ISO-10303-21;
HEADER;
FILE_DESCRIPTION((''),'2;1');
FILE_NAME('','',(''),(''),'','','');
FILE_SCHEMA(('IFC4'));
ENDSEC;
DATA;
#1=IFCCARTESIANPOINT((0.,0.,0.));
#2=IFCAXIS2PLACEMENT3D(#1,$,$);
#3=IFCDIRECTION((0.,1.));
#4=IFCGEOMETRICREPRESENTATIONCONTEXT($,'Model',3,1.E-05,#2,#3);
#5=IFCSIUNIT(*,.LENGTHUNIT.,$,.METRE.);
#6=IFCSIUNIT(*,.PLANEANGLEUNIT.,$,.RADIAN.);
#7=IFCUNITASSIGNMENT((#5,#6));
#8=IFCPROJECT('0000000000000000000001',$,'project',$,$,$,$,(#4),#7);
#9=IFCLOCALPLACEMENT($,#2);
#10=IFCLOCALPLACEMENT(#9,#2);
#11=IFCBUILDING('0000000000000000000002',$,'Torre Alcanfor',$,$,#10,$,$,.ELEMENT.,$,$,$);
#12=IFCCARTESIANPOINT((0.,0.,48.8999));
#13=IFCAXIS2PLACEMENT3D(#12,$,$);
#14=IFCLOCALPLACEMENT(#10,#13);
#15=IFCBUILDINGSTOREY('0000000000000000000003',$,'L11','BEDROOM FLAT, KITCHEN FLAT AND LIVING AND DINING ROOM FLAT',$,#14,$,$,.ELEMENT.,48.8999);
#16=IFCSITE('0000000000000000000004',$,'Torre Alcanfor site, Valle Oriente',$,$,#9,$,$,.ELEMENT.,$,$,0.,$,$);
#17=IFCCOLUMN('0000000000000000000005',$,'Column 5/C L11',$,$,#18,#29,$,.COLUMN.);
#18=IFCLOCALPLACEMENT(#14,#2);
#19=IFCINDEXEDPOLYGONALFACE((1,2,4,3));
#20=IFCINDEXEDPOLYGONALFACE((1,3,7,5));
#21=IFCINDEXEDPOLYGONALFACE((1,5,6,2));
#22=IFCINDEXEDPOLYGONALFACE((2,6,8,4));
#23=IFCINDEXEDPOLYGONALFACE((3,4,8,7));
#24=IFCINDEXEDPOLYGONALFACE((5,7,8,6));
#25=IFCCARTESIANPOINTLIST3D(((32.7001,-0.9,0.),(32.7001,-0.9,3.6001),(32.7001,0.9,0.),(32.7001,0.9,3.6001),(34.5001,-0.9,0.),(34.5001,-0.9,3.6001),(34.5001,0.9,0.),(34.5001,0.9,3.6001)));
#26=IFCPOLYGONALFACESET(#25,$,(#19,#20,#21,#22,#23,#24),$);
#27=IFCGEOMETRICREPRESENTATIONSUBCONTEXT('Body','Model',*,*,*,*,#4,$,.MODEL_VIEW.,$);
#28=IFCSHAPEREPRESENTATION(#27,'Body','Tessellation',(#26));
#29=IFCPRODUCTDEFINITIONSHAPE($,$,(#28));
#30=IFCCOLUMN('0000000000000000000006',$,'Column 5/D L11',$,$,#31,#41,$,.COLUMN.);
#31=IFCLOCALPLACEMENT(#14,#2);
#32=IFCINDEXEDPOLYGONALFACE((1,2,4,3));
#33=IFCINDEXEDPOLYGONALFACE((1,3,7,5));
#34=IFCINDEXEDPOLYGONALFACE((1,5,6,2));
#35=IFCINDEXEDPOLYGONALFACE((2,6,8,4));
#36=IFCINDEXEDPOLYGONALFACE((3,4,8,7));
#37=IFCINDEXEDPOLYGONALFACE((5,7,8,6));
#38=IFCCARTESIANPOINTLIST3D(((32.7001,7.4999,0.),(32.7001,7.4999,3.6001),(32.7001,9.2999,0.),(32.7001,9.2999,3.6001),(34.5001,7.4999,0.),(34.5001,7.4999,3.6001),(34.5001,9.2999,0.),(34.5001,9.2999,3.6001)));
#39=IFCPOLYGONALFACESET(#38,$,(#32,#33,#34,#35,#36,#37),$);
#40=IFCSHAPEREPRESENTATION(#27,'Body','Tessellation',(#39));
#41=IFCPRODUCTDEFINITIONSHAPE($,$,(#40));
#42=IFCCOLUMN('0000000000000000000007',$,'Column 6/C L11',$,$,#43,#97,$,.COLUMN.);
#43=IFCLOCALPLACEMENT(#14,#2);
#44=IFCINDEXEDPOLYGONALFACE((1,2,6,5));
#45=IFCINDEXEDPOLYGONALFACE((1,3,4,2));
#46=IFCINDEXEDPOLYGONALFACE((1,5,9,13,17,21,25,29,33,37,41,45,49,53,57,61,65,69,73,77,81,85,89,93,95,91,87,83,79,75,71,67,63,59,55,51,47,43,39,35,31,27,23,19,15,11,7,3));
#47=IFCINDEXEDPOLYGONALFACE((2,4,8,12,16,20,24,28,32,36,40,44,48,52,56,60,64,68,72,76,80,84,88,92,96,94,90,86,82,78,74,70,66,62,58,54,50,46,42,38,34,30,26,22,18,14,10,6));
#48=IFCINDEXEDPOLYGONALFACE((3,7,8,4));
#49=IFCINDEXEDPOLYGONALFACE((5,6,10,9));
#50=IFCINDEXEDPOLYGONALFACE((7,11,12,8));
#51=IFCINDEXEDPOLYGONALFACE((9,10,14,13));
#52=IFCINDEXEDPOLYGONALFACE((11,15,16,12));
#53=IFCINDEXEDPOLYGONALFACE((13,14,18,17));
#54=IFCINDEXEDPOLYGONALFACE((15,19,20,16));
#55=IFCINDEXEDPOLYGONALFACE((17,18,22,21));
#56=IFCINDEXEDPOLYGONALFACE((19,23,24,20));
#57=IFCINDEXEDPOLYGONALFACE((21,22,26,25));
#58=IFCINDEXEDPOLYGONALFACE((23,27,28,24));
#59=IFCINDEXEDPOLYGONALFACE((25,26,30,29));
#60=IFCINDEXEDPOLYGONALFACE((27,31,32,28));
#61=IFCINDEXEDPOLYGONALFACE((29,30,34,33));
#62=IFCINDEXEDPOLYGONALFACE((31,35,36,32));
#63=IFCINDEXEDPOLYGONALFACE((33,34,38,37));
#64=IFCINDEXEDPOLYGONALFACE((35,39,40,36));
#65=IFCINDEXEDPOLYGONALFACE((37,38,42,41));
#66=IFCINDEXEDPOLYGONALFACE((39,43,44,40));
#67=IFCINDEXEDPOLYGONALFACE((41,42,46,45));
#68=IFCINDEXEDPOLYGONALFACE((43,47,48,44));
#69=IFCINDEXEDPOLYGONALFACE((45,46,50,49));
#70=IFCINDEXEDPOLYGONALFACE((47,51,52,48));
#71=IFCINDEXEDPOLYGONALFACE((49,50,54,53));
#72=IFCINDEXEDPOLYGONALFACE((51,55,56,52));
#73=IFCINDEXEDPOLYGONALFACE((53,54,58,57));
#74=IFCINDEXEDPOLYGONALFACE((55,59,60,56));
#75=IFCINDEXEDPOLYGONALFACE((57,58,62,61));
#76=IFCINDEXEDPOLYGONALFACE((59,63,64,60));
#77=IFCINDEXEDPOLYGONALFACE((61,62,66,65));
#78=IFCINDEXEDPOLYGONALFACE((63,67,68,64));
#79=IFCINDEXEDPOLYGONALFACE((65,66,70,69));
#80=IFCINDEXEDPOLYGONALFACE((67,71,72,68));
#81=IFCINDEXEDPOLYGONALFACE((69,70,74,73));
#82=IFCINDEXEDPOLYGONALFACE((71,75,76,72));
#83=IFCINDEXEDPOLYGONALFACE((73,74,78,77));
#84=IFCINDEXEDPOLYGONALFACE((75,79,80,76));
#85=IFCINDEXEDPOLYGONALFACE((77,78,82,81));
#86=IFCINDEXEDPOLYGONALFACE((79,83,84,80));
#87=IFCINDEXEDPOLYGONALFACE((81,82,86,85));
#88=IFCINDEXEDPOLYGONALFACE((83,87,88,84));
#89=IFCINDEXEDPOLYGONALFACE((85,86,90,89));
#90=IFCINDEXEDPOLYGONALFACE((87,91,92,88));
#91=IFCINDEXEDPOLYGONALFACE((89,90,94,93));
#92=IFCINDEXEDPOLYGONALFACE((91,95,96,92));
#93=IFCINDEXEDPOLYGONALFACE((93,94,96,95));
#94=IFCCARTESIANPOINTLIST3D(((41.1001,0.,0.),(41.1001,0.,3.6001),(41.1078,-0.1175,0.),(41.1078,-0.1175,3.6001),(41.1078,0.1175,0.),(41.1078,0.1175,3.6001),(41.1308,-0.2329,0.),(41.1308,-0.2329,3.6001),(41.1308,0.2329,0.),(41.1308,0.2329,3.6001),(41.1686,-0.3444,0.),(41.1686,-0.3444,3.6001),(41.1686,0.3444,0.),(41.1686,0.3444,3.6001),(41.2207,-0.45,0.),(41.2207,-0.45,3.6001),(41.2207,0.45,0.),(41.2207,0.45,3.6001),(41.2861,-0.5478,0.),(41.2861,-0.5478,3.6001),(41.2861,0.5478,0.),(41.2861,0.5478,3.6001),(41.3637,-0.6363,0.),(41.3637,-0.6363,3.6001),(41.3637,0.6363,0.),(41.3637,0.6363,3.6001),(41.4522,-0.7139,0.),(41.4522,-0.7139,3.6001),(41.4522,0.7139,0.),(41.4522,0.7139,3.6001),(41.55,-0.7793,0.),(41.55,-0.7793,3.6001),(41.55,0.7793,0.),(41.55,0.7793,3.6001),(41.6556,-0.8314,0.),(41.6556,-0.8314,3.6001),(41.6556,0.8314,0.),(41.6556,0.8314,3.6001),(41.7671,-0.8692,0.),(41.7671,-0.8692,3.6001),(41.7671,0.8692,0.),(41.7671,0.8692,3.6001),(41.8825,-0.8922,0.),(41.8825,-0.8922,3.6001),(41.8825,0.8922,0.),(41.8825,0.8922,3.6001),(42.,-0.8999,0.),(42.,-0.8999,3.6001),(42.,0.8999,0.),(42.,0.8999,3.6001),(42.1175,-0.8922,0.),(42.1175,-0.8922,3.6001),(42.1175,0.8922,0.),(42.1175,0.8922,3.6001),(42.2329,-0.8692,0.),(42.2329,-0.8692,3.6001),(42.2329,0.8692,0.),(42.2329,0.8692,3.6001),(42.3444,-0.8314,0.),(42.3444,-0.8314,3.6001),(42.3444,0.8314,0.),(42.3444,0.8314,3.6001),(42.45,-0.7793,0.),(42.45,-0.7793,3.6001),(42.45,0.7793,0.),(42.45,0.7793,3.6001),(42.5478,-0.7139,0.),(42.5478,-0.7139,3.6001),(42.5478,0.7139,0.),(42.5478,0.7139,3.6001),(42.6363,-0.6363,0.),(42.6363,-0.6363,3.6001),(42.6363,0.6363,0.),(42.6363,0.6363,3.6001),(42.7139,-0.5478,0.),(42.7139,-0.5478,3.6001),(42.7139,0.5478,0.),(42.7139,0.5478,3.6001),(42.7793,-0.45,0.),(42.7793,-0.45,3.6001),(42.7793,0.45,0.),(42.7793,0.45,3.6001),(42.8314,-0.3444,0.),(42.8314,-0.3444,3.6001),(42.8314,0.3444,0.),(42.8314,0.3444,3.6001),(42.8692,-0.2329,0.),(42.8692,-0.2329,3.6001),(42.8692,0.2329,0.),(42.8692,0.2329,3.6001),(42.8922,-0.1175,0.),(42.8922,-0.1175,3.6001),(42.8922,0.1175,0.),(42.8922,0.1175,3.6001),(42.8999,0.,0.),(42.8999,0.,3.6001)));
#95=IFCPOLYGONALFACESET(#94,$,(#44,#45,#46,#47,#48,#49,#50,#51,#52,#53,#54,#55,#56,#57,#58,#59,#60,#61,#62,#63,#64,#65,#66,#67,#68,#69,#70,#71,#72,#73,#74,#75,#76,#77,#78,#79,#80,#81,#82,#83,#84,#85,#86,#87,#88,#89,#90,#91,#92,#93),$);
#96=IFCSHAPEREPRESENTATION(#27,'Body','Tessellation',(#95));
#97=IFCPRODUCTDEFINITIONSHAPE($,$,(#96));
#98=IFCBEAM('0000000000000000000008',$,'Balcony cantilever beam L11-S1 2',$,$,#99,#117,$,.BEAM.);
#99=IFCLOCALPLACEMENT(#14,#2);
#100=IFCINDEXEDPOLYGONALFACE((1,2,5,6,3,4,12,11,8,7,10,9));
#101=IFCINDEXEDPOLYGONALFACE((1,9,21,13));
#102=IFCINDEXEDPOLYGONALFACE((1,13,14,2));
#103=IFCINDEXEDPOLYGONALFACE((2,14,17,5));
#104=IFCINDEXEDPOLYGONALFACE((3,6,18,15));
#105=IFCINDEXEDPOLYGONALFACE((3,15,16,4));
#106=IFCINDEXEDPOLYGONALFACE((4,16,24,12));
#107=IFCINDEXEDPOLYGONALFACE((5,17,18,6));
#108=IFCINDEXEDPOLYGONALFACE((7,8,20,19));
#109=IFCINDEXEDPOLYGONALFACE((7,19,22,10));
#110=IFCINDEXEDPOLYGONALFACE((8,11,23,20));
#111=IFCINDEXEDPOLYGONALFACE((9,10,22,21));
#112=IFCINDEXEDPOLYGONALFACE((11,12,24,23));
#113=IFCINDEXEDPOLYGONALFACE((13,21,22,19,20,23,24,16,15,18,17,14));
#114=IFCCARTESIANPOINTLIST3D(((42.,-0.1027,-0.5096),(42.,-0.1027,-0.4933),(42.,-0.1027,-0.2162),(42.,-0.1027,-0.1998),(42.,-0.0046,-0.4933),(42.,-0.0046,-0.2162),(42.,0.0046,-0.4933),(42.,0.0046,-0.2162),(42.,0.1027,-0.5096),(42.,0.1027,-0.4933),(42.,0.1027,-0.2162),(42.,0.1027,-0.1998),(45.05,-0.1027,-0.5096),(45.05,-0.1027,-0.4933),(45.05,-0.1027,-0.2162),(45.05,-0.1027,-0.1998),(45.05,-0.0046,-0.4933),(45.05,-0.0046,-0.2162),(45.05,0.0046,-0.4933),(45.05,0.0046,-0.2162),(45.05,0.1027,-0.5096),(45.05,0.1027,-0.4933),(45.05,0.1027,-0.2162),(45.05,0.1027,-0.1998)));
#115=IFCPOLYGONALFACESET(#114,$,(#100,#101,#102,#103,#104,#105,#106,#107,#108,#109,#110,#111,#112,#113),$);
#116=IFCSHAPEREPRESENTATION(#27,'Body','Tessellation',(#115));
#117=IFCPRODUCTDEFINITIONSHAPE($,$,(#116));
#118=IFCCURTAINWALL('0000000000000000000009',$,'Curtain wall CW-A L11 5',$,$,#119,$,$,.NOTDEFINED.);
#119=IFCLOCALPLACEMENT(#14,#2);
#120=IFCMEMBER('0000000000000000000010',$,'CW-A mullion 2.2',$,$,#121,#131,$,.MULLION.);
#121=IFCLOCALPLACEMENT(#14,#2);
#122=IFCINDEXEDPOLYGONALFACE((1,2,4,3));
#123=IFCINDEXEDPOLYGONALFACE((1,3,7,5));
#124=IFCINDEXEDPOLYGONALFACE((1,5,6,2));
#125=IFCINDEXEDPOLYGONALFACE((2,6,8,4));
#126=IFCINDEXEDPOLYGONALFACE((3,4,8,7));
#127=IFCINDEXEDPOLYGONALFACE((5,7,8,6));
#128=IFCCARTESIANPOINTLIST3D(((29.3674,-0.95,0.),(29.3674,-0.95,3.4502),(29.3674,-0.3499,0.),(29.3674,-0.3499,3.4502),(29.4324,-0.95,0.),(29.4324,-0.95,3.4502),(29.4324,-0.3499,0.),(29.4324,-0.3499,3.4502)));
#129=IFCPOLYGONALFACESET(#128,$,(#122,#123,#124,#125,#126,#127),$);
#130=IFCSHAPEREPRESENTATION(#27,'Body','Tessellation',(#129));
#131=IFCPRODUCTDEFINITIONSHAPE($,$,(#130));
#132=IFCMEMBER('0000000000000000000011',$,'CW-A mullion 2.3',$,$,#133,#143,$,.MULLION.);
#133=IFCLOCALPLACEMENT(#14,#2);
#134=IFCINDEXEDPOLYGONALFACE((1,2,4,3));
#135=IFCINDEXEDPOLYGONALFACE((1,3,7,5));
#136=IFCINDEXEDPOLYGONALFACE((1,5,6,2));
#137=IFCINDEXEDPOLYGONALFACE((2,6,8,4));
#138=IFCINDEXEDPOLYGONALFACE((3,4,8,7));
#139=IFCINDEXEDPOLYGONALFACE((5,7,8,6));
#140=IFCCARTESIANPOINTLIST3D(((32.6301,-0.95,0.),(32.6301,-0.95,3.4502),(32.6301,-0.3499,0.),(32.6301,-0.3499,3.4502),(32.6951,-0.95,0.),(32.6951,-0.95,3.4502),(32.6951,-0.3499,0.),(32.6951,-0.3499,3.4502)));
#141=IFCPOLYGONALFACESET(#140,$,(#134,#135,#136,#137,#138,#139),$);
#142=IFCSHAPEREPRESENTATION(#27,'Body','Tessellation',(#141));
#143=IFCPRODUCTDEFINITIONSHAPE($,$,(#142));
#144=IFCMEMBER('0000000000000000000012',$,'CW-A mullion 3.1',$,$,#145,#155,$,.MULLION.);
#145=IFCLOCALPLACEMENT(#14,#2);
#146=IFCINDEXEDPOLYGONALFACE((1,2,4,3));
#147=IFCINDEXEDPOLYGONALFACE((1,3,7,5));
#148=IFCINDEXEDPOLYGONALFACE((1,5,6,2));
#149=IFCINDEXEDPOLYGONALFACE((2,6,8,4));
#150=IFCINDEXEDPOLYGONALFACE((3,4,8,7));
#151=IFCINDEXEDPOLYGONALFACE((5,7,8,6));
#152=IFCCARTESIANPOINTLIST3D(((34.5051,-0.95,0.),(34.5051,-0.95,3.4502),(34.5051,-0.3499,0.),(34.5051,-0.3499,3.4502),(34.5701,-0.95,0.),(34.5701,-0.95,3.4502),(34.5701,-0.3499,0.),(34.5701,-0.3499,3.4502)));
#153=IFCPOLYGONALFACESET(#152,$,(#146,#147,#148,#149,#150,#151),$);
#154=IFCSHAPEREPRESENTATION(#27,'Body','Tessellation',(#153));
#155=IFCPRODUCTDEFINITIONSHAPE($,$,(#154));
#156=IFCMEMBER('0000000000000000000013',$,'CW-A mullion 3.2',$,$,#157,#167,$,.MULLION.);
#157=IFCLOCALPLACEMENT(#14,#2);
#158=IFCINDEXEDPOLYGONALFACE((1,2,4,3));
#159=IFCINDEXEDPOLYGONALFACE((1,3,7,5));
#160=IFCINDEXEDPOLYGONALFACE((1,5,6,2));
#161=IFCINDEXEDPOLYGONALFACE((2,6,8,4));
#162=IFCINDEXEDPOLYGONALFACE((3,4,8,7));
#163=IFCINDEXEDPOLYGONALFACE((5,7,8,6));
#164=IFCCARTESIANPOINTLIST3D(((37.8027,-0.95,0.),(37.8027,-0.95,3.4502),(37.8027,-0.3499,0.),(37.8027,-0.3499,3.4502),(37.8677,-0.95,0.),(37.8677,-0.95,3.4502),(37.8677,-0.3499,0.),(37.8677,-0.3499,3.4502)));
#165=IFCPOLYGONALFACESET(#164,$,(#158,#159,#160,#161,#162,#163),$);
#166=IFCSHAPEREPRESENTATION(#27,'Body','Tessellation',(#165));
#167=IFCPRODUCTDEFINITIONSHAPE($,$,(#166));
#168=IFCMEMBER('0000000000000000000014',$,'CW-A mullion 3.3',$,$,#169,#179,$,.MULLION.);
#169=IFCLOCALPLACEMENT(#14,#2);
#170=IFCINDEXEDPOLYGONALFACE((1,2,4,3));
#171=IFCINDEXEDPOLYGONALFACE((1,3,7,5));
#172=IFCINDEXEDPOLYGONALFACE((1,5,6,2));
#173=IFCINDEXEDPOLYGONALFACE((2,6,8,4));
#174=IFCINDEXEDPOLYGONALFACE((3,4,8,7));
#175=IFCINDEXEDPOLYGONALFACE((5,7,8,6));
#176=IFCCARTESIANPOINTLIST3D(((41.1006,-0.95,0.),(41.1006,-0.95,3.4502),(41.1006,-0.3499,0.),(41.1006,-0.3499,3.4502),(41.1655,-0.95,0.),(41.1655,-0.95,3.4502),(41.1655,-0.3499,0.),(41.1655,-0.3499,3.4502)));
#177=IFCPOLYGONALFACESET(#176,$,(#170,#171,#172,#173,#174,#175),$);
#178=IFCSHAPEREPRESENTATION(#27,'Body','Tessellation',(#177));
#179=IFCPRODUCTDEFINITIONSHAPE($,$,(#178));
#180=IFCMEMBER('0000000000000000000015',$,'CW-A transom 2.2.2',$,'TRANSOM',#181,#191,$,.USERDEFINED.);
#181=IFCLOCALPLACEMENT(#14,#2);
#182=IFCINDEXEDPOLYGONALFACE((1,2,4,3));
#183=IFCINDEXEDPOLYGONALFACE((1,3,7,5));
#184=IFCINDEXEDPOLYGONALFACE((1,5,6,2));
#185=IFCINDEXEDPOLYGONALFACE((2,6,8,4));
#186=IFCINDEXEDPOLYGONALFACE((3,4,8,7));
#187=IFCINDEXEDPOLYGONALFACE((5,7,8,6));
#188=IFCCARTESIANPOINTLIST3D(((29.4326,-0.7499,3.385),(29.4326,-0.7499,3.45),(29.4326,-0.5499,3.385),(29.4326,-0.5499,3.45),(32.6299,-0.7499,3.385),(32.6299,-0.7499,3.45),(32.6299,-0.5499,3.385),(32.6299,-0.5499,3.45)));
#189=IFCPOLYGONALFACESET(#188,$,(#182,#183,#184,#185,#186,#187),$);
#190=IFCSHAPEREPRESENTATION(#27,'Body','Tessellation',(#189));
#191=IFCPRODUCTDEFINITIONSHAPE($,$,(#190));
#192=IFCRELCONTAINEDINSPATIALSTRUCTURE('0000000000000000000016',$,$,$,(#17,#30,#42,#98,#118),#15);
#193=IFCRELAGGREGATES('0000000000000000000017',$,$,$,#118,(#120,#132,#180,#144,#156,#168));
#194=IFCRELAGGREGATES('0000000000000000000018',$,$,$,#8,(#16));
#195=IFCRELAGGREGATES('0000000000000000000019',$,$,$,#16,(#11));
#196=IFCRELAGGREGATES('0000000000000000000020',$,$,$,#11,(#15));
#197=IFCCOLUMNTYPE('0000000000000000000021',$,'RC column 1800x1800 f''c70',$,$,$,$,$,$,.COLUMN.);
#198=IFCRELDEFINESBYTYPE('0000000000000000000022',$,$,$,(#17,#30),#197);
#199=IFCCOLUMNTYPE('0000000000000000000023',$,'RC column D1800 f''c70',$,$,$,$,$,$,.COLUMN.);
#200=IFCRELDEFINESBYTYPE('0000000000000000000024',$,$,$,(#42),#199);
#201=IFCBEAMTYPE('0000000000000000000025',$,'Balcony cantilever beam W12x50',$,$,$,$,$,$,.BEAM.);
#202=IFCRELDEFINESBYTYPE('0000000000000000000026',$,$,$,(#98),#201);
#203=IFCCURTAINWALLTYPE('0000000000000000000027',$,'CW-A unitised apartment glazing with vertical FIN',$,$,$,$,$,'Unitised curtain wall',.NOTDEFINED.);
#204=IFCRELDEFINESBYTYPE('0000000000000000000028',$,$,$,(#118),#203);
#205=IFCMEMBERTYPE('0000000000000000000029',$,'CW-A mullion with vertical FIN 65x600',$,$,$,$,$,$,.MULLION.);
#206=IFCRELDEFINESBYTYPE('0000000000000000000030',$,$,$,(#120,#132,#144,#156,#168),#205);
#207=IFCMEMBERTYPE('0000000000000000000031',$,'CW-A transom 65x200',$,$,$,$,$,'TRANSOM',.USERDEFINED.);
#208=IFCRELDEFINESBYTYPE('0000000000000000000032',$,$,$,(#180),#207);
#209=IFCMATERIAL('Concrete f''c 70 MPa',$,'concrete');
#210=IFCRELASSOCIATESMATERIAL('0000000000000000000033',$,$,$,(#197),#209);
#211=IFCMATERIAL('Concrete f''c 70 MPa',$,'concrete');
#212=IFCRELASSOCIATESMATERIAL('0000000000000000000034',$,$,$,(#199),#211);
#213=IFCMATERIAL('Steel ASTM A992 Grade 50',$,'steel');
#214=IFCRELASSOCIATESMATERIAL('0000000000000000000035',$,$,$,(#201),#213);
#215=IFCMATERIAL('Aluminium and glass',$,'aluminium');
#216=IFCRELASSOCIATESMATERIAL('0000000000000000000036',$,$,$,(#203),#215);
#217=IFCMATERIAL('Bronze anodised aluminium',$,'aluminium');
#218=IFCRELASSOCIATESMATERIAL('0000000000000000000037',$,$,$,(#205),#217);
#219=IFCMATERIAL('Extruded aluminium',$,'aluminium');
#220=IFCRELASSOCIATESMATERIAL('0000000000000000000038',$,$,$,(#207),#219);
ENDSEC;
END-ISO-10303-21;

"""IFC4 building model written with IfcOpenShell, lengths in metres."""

from ifc_helpers import new_model, si_unit, direction, frame, origin, origin_2d, place, context, subcontext, project, spatial, rectangle, circle, i_section, extrude, material, material_profile, profile_set, type_object, element, aggregate, save


model = new_model("IFC4")

# Units and contexts
model_context = context("Model", 3, precision=1e-05, world=origin(), true_north=direction((0.0, 1.0)))
body_context = subcontext(model_context, "Body", "Model", "MODEL_VIEW")
ifc_project = project(units=[si_unit("LENGTHUNIT", "METRE"), si_unit("PLANEANGLEUNIT", "RADIAN")], contexts=[model_context])

# Site, building, storey
site_placement = place(None, origin())
site = spatial("IfcSite", under=ifc_project, at=site_placement, Name="Torre Alcanfor site, Valle Oriente", CompositionType="ELEMENT", RefElevation=0.0)
building_placement = place(site_placement, origin())
building = spatial("IfcBuilding", under=site, at=building_placement, Name="Torre Alcanfor", CompositionType="ELEMENT")
storey_placement = place(building_placement, frame((0.0, 0.0, 48.8999)))
storey = spatial("IfcBuildingStorey", under=building, at=storey_placement, Name="L11", Description="BEDROOM FLAT, KITCHEN FLAT AND LIVING AND DINING ROOM FLAT", CompositionType="ELEMENT", Elevation=48.8999)

# Columns
ifc_material_1 = material(Name="Concrete f'c 70 MPa", Category="concrete")
ifc_material_profile_1 = material_profile(ifc_material_1, rectangle(XDim=1.8, YDim=1.8, at=origin_2d()), Name="1800x1800")
ifc_profile_set_1 = profile_set([ifc_material_profile_1], Name="Concrete f'c 70 MPa")
column_type_1 = type_object("IfcColumnType", Name="RC column 1800x1800 f'c70", PredefinedType="COLUMN", material=ifc_profile_set_1)
for number, where, z_axis, x_axis, name in (
    (1, (33.6001, 0.0, 0.0), (0.0, 0.0, 1.0), (1.0, 0.0, 0.0), "Column 5/C L11"),
    (2, (33.6001, 8.3999, 0.0), (0.0, 0.0, 1.0), (1.0, 0.0, 0.0), "Column 5/D L11"),
):
    element("IfcColumn", number, at=place(storey_placement, frame(where, z_axis=z_axis, x_axis=x_axis)), inside=storey, type_object=column_type_1, Name=name, PredefinedType="COLUMN", context=body_context, shape_type="SweptSolid", body=[
        extrude(rectangle(XDim=1.8, YDim=1.8, at=origin_2d()), origin(), (0.0, 0.0, 1.0), 3.6001),
    ])
ifc_material_2 = material(Name="Concrete f'c 70 MPa", Category="concrete")
ifc_material_profile_2 = material_profile(ifc_material_2, circle(Radius=0.8999, at=origin_2d()), Name="D1800")
ifc_profile_set_2 = profile_set([ifc_material_profile_2], Name="Concrete f'c 70 MPa")
column_type_2 = type_object("IfcColumnType", Name="RC column D1800 f'c70", PredefinedType="COLUMN", material=ifc_profile_set_2)
column_placement = place(storey_placement, frame((42.0, 0.0, 0.0), z_axis=(0.0, 0.0, 1.0), x_axis=(1.0, 0.0, 0.0)))
element("IfcColumn", 3, at=column_placement, inside=storey, type_object=column_type_2, Name="Column 6/C L11", PredefinedType="COLUMN", context=body_context, shape_type="SweptSolid", body=[
    extrude(circle(Radius=0.8999, at=origin_2d()), origin(), (0.0, 0.0, 1.0), 3.6001),
])

# Beam
ifc_material_3 = material(Name="Steel ASTM A992 Grade 50", Category="steel")
ifc_material_profile_3 = material_profile(ifc_material_3, i_section(OverallWidth=0.2053, OverallDepth=0.3098, WebThickness=0.0093, FlangeThickness=0.0164, at=origin_2d()), Name="W12x50")
ifc_profile_set_3 = profile_set([ifc_material_profile_3], Name="Steel ASTM A992 Grade 50")
beam_type_1 = type_object("IfcBeamType", Name="Balcony cantilever beam W12x50", PredefinedType="BEAM", material=ifc_profile_set_3)
beam_1_placement = place(storey_placement, frame((42.0, 0.0, -0.3547), z_axis=(1.0, 0.0, 0.0), x_axis=(0.0, 1.0, 0.0)))
element("IfcBeam", 4, at=beam_1_placement, inside=storey, type_object=beam_type_1, Name="Balcony cantilever beam L11-S1 2", PredefinedType="BEAM", context=body_context, shape_type="SweptSolid", body=[
    extrude(i_section(OverallWidth=0.2053, OverallDepth=0.3098, WebThickness=0.0093, FlangeThickness=0.0164, at=origin_2d()), origin(), (0.0, 0.0, 1.0), 3.05),
])

# Curtain wall, members
ifc_material_4 = material(Name="Aluminium and glass", Category="aluminium")
curtain_wall_type = type_object("IfcCurtainWallType", Name="CW-A unitised apartment glazing with vertical FIN", ElementType="Unitised curtain wall", PredefinedType="NOTDEFINED", material=ifc_material_4)
curtain_wall_placement = place(storey_placement, origin())
curtain_wall = element("IfcCurtainWall", 5, at=curtain_wall_placement, inside=storey, type_object=curtain_wall_type, Name="Curtain wall CW-A L11 5", PredefinedType="NOTDEFINED")
ifc_material_5 = material(Name="Bronze anodised aluminium", Category="aluminium")
ifc_material_profile_4 = material_profile(ifc_material_5, rectangle(XDim=0.6001, YDim=0.0649, at=origin_2d()), Name="CW-A mullion 65x600")
ifc_profile_set_4 = profile_set([ifc_material_profile_4], Name="Bronze anodised aluminium")
member_type_1 = type_object("IfcMemberType", Name="CW-A mullion with vertical FIN 65x600", PredefinedType="MULLION", material=ifc_profile_set_4)
member_1_placement = place(storey_placement, frame((29.3999, -0.6499, 0.0), z_axis=(0.0, 0.0, 1.0), x_axis=(0.0, 1.0, 0.0)))
member_1 = element("IfcMember", 6, at=member_1_placement, type_object=member_type_1, Name="CW-A mullion 2.2", PredefinedType="MULLION", context=body_context, shape_type="SweptSolid", body=[
    extrude(rectangle(XDim=0.6001, YDim=0.0649, at=origin_2d()), origin(), (0.0, 0.0, 1.0), 3.4502),
])
member_2_placement = place(storey_placement, frame((32.6626, -0.6499, 0.0), z_axis=(0.0, 0.0, 1.0), x_axis=(0.0, 1.0, 0.0)))
member_2 = element("IfcMember", 7, at=member_2_placement, type_object=member_type_1, Name="CW-A mullion 2.3", PredefinedType="MULLION", context=body_context, shape_type="SweptSolid", body=[
    extrude(rectangle(XDim=0.6001, YDim=0.0649, at=origin_2d()), origin(), (0.0, 0.0, 1.0), 3.4502),
])
member_3_placement = place(storey_placement, frame((34.5376, -0.6499, 0.0), z_axis=(0.0, 0.0, 1.0), x_axis=(0.0, 1.0, 0.0)))
member_3 = element("IfcMember", 8, at=member_3_placement, type_object=member_type_1, Name="CW-A mullion 3.1", PredefinedType="MULLION", context=body_context, shape_type="SweptSolid", body=[
    extrude(rectangle(XDim=0.6001, YDim=0.0649, at=origin_2d()), origin(), (0.0, 0.0, 1.0), 3.4502),
])
member_4_placement = place(storey_placement, frame((37.8352, -0.6499, 0.0), z_axis=(0.0, 0.0, 1.0), x_axis=(0.0, 1.0, 0.0)))
member_4 = element("IfcMember", 9, at=member_4_placement, type_object=member_type_1, Name="CW-A mullion 3.2", PredefinedType="MULLION", context=body_context, shape_type="SweptSolid", body=[
    extrude(rectangle(XDim=0.6001, YDim=0.0649, at=origin_2d()), origin(), (0.0, 0.0, 1.0), 3.4502),
])
member_5_placement = place(storey_placement, frame((41.1331, -0.6499, 0.0), z_axis=(0.0, 0.0, 1.0), x_axis=(0.0, 1.0, 0.0)))
member_5 = element("IfcMember", 10, at=member_5_placement, type_object=member_type_1, Name="CW-A mullion 3.3", PredefinedType="MULLION", context=body_context, shape_type="SweptSolid", body=[
    extrude(rectangle(XDim=0.6001, YDim=0.0649, at=origin_2d()), origin(), (0.0, 0.0, 1.0), 3.4502),
])
ifc_material_6 = material(Name="Extruded aluminium", Category="aluminium")
ifc_material_profile_5 = material_profile(ifc_material_6, rectangle(XDim=0.2, YDim=0.0649, at=origin_2d()), Name="CW-A transom 200x65")
ifc_profile_set_5 = profile_set([ifc_material_profile_5], Name="Extruded aluminium")
member_type_2 = type_object("IfcMemberType", Name="CW-A transom 65x200", ElementType="TRANSOM", PredefinedType="USERDEFINED", material=ifc_profile_set_5)
member_6_placement = place(storey_placement, frame((29.4326, -0.6499, 3.4175), z_axis=(1.0, 0.0, 0.0), x_axis=(0.0, 1.0, 0.0)))
member_6 = element("IfcMember", 11, at=member_6_placement, type_object=member_type_2, Name="CW-A transom 2.2.2", ObjectType="TRANSOM", PredefinedType="USERDEFINED", context=body_context, shape_type="SweptSolid", body=[
    extrude(rectangle(XDim=0.2, YDim=0.0649, at=origin_2d()), origin(), (0.0, 0.0, 1.0), 3.1973),
])

aggregate(curtain_wall, [member_1, member_2, member_6, member_3, member_4, member_5])

save(model, "model.ifc")
